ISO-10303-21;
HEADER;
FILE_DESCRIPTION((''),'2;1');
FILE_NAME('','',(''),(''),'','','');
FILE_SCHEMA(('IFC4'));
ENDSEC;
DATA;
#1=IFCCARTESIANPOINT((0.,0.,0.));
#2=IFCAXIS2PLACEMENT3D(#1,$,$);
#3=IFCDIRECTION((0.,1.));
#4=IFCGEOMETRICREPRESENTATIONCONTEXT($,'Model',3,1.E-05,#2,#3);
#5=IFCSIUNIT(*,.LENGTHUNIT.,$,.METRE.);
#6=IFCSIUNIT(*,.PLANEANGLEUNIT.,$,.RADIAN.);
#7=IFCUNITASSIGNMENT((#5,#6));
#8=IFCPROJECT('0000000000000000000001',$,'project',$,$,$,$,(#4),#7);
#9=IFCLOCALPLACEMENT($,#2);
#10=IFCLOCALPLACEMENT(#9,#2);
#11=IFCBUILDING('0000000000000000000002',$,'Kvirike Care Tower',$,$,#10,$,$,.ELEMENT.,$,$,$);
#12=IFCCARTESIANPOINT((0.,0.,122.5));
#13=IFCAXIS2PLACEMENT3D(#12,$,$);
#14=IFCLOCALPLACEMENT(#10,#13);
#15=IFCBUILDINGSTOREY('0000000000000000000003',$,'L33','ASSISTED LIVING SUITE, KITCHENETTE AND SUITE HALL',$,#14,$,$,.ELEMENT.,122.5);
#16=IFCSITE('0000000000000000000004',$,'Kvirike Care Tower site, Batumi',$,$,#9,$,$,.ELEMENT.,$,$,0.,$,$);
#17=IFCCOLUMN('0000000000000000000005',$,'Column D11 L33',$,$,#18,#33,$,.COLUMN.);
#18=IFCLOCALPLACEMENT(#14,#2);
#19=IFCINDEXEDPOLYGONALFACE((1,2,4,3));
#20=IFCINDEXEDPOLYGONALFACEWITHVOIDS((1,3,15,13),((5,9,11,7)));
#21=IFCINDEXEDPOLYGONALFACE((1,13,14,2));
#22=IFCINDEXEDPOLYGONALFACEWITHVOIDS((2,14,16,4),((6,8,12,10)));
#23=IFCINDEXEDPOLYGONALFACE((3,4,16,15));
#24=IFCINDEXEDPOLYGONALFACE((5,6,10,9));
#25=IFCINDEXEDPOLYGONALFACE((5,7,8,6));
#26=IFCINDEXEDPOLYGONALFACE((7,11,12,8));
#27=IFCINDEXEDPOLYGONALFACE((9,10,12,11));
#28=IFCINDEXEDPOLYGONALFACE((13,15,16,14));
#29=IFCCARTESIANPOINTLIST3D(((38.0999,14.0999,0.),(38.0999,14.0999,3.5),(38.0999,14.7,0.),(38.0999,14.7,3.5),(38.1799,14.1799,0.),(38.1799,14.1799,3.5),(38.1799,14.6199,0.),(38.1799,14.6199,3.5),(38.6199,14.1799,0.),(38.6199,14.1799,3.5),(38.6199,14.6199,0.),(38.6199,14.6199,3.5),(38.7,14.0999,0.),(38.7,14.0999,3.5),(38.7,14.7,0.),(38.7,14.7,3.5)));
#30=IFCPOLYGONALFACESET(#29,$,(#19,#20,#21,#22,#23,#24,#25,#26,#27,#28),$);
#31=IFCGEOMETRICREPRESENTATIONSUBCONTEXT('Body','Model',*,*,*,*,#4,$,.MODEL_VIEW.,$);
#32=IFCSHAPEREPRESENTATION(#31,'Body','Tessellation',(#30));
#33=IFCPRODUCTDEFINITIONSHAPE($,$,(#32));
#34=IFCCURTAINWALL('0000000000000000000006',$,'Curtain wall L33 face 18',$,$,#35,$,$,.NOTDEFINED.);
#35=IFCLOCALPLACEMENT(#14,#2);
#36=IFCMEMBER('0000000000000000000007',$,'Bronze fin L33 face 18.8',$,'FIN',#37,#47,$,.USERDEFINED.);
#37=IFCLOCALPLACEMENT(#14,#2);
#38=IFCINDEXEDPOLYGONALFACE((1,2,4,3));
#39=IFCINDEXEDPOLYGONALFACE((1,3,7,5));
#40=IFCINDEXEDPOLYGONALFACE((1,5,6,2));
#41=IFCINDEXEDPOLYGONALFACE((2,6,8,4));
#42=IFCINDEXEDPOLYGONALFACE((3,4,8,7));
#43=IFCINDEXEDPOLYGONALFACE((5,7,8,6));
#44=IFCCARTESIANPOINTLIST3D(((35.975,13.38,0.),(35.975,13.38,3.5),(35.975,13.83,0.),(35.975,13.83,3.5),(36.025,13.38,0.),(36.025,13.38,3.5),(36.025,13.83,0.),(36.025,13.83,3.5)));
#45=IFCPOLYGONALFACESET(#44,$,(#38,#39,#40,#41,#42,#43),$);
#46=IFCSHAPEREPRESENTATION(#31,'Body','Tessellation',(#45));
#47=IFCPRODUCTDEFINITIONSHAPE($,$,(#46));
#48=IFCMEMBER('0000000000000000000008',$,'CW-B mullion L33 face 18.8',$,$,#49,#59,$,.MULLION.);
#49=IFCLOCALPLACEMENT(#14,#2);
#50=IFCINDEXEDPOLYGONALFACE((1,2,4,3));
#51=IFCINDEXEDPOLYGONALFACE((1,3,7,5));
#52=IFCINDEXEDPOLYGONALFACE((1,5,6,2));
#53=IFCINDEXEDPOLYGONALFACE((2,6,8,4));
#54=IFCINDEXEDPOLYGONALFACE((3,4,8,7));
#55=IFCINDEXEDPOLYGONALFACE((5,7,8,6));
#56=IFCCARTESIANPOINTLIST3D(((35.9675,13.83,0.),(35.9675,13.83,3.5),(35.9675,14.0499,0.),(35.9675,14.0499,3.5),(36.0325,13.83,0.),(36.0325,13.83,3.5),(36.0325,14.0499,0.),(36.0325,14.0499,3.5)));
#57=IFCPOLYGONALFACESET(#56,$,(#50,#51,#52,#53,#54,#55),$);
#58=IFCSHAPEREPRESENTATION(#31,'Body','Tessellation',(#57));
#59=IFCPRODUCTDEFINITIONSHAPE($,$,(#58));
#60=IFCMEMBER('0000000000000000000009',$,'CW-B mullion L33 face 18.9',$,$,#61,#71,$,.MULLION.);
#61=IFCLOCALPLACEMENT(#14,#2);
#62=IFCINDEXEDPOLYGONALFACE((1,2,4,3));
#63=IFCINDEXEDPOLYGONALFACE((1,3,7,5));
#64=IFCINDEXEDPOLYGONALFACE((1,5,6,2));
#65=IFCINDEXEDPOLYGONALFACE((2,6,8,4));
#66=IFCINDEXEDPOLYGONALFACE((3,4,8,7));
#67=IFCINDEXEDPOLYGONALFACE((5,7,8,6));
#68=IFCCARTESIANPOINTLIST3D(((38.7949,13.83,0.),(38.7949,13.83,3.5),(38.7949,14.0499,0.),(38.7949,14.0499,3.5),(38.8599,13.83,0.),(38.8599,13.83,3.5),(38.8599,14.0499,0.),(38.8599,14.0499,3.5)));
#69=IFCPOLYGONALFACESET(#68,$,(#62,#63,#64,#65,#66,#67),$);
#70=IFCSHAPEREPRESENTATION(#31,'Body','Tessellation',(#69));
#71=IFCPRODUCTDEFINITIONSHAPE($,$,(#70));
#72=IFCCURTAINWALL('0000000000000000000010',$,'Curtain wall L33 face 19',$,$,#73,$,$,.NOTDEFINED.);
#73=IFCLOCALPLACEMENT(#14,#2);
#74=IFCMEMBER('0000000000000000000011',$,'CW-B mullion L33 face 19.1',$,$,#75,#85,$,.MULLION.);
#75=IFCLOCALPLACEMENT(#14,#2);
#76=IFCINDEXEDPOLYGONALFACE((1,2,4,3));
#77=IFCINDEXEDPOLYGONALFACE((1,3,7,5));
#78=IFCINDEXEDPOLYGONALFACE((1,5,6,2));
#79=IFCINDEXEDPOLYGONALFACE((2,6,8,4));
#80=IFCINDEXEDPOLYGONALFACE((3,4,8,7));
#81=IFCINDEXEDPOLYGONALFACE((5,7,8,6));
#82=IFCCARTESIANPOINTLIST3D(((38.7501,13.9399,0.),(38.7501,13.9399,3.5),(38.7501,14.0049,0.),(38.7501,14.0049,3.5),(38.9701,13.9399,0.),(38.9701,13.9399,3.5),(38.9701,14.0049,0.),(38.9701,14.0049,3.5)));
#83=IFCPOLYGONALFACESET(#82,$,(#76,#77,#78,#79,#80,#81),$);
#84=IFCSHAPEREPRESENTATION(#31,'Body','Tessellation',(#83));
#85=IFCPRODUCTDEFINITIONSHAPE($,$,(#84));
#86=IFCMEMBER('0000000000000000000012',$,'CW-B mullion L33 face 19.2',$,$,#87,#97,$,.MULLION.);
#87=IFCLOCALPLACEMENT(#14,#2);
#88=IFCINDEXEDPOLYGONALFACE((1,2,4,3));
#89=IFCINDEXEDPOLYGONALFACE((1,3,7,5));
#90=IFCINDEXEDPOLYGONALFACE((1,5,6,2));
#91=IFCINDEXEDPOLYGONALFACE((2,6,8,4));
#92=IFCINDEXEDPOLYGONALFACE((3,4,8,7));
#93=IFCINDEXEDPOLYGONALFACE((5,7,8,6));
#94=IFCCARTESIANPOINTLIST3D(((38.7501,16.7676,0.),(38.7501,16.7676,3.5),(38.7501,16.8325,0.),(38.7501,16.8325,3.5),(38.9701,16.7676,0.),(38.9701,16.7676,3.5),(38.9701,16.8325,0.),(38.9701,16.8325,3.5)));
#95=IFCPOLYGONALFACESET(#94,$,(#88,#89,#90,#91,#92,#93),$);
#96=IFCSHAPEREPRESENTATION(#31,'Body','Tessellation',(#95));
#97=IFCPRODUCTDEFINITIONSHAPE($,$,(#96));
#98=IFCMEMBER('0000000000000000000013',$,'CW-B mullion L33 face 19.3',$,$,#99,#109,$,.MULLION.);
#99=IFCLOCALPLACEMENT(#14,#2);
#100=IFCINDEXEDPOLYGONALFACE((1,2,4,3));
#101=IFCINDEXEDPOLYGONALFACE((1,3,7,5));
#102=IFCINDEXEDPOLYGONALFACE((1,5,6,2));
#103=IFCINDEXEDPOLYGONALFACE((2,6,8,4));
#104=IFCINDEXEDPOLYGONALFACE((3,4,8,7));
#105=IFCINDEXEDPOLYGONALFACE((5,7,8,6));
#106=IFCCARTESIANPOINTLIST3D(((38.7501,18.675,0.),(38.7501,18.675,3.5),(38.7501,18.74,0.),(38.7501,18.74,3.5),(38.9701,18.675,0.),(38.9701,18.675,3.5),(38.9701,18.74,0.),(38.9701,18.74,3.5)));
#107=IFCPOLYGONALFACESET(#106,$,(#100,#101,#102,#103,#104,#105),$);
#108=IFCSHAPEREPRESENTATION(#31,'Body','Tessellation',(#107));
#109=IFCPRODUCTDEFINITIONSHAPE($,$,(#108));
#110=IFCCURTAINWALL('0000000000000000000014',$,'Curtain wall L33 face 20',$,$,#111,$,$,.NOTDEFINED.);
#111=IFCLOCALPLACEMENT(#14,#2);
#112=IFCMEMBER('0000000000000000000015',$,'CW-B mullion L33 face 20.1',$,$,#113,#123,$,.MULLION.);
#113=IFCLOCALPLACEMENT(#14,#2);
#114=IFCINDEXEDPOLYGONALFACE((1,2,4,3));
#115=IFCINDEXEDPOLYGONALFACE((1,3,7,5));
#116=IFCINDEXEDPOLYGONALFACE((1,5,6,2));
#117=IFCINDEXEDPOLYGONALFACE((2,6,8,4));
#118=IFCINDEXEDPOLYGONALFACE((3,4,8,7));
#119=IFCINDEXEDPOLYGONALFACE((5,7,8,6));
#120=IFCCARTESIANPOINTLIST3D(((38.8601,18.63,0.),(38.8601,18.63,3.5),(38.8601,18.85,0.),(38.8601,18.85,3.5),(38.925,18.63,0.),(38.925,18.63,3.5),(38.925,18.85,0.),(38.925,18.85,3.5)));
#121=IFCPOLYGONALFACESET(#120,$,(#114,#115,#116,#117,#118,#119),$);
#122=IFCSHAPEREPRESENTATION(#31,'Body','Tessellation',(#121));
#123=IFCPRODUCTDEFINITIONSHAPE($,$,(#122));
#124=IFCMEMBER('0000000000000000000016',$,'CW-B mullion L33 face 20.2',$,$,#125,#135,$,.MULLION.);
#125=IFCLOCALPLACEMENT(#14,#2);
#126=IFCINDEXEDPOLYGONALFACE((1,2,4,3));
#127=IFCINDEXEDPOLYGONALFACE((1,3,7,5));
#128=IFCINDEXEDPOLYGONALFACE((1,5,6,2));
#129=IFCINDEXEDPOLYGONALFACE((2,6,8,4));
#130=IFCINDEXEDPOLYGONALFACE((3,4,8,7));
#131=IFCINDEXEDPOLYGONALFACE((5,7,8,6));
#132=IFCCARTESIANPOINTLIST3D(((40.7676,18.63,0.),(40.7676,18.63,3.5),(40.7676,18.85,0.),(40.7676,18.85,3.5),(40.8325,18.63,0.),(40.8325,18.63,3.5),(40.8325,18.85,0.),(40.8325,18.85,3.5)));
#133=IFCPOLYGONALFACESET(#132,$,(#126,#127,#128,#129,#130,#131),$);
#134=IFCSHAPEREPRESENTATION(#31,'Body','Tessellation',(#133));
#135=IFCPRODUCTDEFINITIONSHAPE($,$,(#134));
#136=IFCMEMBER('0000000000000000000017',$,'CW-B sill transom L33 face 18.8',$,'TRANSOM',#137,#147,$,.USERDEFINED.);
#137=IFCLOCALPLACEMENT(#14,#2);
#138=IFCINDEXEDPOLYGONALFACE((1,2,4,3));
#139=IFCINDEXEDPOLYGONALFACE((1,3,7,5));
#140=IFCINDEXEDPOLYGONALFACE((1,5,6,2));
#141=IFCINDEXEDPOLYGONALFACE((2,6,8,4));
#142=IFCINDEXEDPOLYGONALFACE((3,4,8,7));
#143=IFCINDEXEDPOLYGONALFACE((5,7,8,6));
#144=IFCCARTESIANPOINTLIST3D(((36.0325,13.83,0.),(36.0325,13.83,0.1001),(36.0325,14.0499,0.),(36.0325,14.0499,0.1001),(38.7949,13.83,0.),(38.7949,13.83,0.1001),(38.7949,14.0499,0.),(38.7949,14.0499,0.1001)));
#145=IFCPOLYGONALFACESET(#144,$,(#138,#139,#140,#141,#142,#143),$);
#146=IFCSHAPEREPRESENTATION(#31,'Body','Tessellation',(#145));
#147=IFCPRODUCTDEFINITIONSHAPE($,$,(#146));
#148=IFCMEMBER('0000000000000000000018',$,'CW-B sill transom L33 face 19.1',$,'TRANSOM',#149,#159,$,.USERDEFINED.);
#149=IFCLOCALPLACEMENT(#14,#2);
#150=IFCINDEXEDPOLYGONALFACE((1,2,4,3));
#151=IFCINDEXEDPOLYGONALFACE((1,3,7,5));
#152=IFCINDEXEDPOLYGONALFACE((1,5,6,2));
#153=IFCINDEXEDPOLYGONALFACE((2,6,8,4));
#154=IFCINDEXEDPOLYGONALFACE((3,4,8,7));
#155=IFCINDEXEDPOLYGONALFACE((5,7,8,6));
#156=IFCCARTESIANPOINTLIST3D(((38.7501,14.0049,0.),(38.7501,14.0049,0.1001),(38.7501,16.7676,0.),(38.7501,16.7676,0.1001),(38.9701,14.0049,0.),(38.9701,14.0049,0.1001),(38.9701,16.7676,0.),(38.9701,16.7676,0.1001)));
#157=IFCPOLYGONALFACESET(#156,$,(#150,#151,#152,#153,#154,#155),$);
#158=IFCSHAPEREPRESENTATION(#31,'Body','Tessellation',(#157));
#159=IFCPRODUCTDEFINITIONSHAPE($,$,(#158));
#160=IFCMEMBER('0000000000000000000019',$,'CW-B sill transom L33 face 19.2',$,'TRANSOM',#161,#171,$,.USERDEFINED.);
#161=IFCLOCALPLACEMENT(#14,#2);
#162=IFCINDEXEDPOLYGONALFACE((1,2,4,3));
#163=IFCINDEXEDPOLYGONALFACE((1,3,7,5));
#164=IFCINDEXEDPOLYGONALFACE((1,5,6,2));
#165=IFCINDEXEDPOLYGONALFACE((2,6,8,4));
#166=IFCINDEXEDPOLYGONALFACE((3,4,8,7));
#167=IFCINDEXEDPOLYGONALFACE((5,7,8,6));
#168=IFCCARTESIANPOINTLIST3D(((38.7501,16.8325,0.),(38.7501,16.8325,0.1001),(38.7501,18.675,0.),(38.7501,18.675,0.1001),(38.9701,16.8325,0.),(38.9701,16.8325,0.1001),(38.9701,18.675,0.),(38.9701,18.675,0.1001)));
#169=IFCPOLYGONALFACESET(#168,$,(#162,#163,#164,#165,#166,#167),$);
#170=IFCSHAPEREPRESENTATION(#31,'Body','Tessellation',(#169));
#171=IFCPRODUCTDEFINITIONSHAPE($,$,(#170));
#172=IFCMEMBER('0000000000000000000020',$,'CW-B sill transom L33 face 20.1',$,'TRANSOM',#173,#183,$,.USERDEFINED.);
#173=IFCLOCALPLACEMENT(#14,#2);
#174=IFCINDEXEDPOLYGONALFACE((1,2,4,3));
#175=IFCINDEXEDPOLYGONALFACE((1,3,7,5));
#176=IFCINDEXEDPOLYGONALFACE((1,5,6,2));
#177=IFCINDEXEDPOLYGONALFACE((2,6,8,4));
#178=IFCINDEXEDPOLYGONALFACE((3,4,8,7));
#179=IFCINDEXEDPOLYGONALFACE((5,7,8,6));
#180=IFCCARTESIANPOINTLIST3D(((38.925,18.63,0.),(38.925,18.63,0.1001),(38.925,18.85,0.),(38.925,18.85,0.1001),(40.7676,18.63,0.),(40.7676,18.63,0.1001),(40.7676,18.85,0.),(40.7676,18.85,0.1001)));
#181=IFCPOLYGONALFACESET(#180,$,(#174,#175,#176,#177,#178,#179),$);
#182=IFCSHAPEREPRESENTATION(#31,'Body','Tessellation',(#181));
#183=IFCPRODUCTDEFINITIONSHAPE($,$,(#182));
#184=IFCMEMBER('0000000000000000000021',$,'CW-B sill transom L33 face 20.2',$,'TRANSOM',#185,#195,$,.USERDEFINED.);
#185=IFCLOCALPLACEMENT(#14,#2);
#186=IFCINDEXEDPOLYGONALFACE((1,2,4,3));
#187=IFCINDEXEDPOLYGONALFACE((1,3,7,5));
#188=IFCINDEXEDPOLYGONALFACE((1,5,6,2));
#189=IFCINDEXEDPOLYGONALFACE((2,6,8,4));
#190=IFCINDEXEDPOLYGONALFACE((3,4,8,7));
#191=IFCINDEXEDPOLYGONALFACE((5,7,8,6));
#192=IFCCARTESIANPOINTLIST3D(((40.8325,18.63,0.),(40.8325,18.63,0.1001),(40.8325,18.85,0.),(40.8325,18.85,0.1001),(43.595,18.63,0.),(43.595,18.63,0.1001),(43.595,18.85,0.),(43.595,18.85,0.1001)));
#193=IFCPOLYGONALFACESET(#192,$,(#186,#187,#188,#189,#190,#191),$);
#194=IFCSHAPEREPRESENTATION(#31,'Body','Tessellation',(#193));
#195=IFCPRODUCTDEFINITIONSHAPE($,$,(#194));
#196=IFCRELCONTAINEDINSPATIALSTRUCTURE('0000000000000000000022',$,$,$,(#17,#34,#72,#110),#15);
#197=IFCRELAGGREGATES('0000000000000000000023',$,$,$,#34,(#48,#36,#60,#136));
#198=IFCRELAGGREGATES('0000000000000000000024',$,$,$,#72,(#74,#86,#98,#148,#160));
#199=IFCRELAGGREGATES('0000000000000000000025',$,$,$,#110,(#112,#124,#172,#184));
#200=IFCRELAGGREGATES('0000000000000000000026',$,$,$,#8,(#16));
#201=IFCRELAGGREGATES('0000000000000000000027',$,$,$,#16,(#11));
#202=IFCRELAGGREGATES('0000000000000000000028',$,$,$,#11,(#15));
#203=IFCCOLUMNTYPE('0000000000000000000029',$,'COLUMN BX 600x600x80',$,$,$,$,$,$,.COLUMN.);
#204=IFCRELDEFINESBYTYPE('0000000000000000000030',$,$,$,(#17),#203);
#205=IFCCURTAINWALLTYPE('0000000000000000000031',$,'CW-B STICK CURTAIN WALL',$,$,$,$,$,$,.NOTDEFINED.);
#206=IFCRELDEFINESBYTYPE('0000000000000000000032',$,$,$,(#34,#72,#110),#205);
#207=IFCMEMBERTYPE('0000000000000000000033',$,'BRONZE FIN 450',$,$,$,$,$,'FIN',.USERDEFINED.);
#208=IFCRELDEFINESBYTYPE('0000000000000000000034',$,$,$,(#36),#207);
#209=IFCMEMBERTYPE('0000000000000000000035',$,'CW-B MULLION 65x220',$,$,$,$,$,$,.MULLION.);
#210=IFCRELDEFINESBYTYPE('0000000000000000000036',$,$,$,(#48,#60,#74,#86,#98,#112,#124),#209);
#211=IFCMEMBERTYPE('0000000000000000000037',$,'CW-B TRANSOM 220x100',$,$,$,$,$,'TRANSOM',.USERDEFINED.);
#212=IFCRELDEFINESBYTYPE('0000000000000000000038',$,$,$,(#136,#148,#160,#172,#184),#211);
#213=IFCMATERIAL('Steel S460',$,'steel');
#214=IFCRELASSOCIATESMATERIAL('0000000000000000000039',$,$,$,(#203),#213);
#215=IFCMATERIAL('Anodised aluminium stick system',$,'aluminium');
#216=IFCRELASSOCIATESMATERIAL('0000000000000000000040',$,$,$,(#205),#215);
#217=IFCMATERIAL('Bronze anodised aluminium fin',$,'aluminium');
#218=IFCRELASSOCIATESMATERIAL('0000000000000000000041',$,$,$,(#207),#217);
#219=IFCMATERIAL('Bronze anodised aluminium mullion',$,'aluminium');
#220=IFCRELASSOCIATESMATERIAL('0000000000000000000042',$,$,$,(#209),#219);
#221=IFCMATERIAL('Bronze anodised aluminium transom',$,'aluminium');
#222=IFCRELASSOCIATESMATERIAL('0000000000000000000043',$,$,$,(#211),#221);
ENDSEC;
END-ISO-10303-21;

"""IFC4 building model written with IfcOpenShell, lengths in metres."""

from ifc_helpers import new_model, si_unit, direction, frame, origin, origin_2d, place, context, subcontext, project, spatial, rectangle, hollow_rectangle, extrude, material, material_profile, profile_set, type_object, element, aggregate, save


model = new_model("IFC4")

# Units and contexts
model_context = context("Model", 3, precision=1e-05, world=origin(), true_north=direction((0.0, 1.0)))
body_context = subcontext(model_context, "Body", "Model", "MODEL_VIEW")
ifc_project = project(units=[si_unit("LENGTHUNIT", "METRE"), si_unit("PLANEANGLEUNIT", "RADIAN")], contexts=[model_context])

# Site, building, storey
site_placement = place(None, origin())
site = spatial("IfcSite", under=ifc_project, at=site_placement, Name="Kvirike Care Tower site, Batumi", CompositionType="ELEMENT", RefElevation=0.0)
building_placement = place(site_placement, origin())
building = spatial("IfcBuilding", under=site, at=building_placement, Name="Kvirike Care Tower", CompositionType="ELEMENT")
storey_placement = place(building_placement, frame((0.0, 0.0, 122.5)))
storey = spatial("IfcBuildingStorey", under=building, at=storey_placement, Name="L33", Description="ASSISTED LIVING SUITE, KITCHENETTE AND SUITE HALL", CompositionType="ELEMENT", Elevation=122.5)

# Column
ifc_material_1 = material(Name="Steel S460", Category="steel")
ifc_material_profile_1 = material_profile(ifc_material_1, hollow_rectangle(XDim=0.6001, YDim=0.6001, WallThickness=0.0801, at=origin_2d()), Name="BX 600x600x80")
ifc_profile_set_1 = profile_set([ifc_material_profile_1], Name="Steel S460")
column_type = type_object("IfcColumnType", Name="COLUMN BX 600x600x80", PredefinedType="COLUMN", material=ifc_profile_set_1)
column_placement = place(storey_placement, frame((38.3999, 14.3999, 0.0), z_axis=(0.0, 0.0, 1.0), x_axis=(0.0, 1.0, 0.0)))
element("IfcColumn", 1, at=column_placement, inside=storey, type_object=column_type, Name="Column D11 L33", PredefinedType="COLUMN", context=body_context, shape_type="SweptSolid", body=[
    extrude(hollow_rectangle(XDim=0.6001, YDim=0.6001, WallThickness=0.0801, at=origin_2d()), origin(), (0.0, 0.0, 1.0), 3.5),
])

# Curtain walls, members
ifc_material_2 = material(Name="Anodised aluminium stick system", Category="aluminium")
curtain_wall_type = type_object("IfcCurtainWallType", Name="CW-B STICK CURTAIN WALL", PredefinedType="NOTDEFINED", material=ifc_material_2)
curtain_wall_1_placement = place(storey_placement, origin())
curtain_wall_1 = element("IfcCurtainWall", 2, at=curtain_wall_1_placement, inside=storey, type_object=curtain_wall_type, Name="Curtain wall L33 face 18", PredefinedType="NOTDEFINED")
ifc_material_3 = material(Name="Bronze anodised aluminium fin", Category="aluminium")
ifc_material_profile_2 = material_profile(ifc_material_3, rectangle(XDim=0.05, YDim=0.45, at=origin_2d()), Name="BRONZE FIN 450")
ifc_profile_set_2 = profile_set([ifc_material_profile_2], Name="Bronze anodised aluminium fin")
member_type_1 = type_object("IfcMemberType", Name="BRONZE FIN 450", ElementType="FIN", PredefinedType="USERDEFINED", material=ifc_profile_set_2)
member_1_placement = place(storey_placement, frame((36.0, 13.605, 0.0), z_axis=(0.0, 0.0, 1.0), x_axis=(1.0, 0.0, 0.0)))
member_1 = element("IfcMember", 3, at=member_1_placement, type_object=member_type_1, Name="Bronze fin L33 face 18.8", ObjectType="FIN", PredefinedType="USERDEFINED", context=body_context, shape_type="SweptSolid", body=[
    extrude(rectangle(XDim=0.05, YDim=0.45, at=origin_2d()), origin(), (0.0, 0.0, 1.0), 3.5),
])
ifc_material_4 = material(Name="Bronze anodised aluminium mullion", Category="aluminium")
ifc_material_profile_3 = material_profile(ifc_material_4, rectangle(XDim=0.0649, YDim=0.22, at=origin_2d()), Name="CW-B MULLION 65x220")
ifc_profile_set_3 = profile_set([ifc_material_profile_3], Name="Bronze anodised aluminium mullion")
member_type_2 = type_object("IfcMemberType", Name="CW-B MULLION 65x220", PredefinedType="MULLION", material=ifc_profile_set_3)
member_2_placement = place(storey_placement, frame((36.0, 13.9399, 0.0), z_axis=(0.0, 0.0, 1.0), x_axis=(1.0, 0.0, 0.0)))
member_2 = element("IfcMember", 4, at=member_2_placement, type_object=member_type_2, Name="CW-B mullion L33 face 18.8", PredefinedType="MULLION", context=body_context, shape_type="SweptSolid", body=[
    extrude(rectangle(XDim=0.0649, YDim=0.22, at=origin_2d()), origin(), (0.0, 0.0, 1.0), 3.5),
])
member_3_placement = place(storey_placement, frame((38.8274, 13.9399, 0.0), z_axis=(0.0, 0.0, 1.0), x_axis=(1.0, 0.0, 0.0)))
member_3 = element("IfcMember", 5, at=member_3_placement, type_object=member_type_2, Name="CW-B mullion L33 face 18.9", PredefinedType="MULLION", context=body_context, shape_type="SweptSolid", body=[
    extrude(rectangle(XDim=0.0649, YDim=0.22, at=origin_2d()), origin(), (0.0, 0.0, 1.0), 3.5),
])
curtain_wall_2_placement = place(storey_placement, origin())
curtain_wall_2 = element("IfcCurtainWall", 6, at=curtain_wall_2_placement, inside=storey, type_object=curtain_wall_type, Name="Curtain wall L33 face 19", PredefinedType="NOTDEFINED")
member_4_placement = place(storey_placement, frame((38.8601, 13.9724, 0.0), z_axis=(0.0, 0.0, 1.0), x_axis=(0.0, 1.0, 0.0)))
member_4 = element("IfcMember", 7, at=member_4_placement, type_object=member_type_2, Name="CW-B mullion L33 face 19.1", PredefinedType="MULLION", context=body_context, shape_type="SweptSolid", body=[
    extrude(rectangle(XDim=0.0649, YDim=0.22, at=origin_2d()), origin(), (0.0, 0.0, 1.0), 3.5),
])
member_5_placement = place(storey_placement, frame((38.8601, 16.8, 0.0), z_axis=(0.0, 0.0, 1.0), x_axis=(0.0, 1.0, 0.0)))
member_5 = element("IfcMember", 8, at=member_5_placement, type_object=member_type_2, Name="CW-B mullion L33 face 19.2", PredefinedType="MULLION", context=body_context, shape_type="SweptSolid", body=[
    extrude(rectangle(XDim=0.0649, YDim=0.22, at=origin_2d()), origin(), (0.0, 0.0, 1.0), 3.5),
])
member_6_placement = place(storey_placement, frame((38.8601, 18.7075, 0.0), z_axis=(0.0, 0.0, 1.0), x_axis=(0.0, 1.0, 0.0)))
member_6 = element("IfcMember", 9, at=member_6_placement, type_object=member_type_2, Name="CW-B mullion L33 face 19.3", PredefinedType="MULLION", context=body_context, shape_type="SweptSolid", body=[
    extrude(rectangle(XDim=0.0649, YDim=0.22, at=origin_2d()), origin(), (0.0, 0.0, 1.0), 3.5),
])
curtain_wall_3_placement = place(storey_placement, origin())
curtain_wall_3 = element("IfcCurtainWall", 10, at=curtain_wall_3_placement, inside=storey, type_object=curtain_wall_type, Name="Curtain wall L33 face 20", PredefinedType="NOTDEFINED")
member_7_placement = place(storey_placement, frame((38.8926, 18.74, 0.0), z_axis=(0.0, 0.0, 1.0), x_axis=(1.0, 0.0, 0.0)))
member_7 = element("IfcMember", 11, at=member_7_placement, type_object=member_type_2, Name="CW-B mullion L33 face 20.1", PredefinedType="MULLION", context=body_context, shape_type="SweptSolid", body=[
    extrude(rectangle(XDim=0.0649, YDim=0.22, at=origin_2d()), origin(), (0.0, 0.0, 1.0), 3.5),
])
member_8_placement = place(storey_placement, frame((40.8, 18.74, 0.0), z_axis=(0.0, 0.0, 1.0), x_axis=(1.0, 0.0, 0.0)))
member_8 = element("IfcMember", 12, at=member_8_placement, type_object=member_type_2, Name="CW-B mullion L33 face 20.2", PredefinedType="MULLION", context=body_context, shape_type="SweptSolid", body=[
    extrude(rectangle(XDim=0.0649, YDim=0.22, at=origin_2d()), origin(), (0.0, 0.0, 1.0), 3.5),
])

# Members
ifc_material_5 = material(Name="Bronze anodised aluminium transom", Category="aluminium")
ifc_material_profile_4 = material_profile(ifc_material_5, rectangle(XDim=0.22, YDim=0.1001, at=origin_2d()), Name="CW-B TRANSOM 220x100")
ifc_profile_set_4 = profile_set([ifc_material_profile_4], Name="Bronze anodised aluminium transom")
member_type_3 = type_object("IfcMemberType", Name="CW-B TRANSOM 220x100", ElementType="TRANSOM", PredefinedType="USERDEFINED", material=ifc_profile_set_4)
member_9_placement = place(storey_placement, frame((36.0325, 13.9399, 0.05), z_axis=(1.0, 0.0, 0.0), x_axis=(0.0, 1.0, 0.0)))
member_9 = element("IfcMember", 13, at=member_9_placement, type_object=member_type_3, Name="CW-B sill transom L33 face 18.8", ObjectType="TRANSOM", PredefinedType="USERDEFINED", context=body_context, shape_type="SweptSolid", body=[
    extrude(rectangle(XDim=0.22, YDim=0.1001, at=origin_2d()), origin(), (0.0, 0.0, 1.0), 2.7625),
])
member_10_placement = place(storey_placement, frame((38.8601, 14.0049, 0.05), z_axis=(0.0, 1.0, 0.0), x_axis=(-1.0, 0.0, 0.0)))
member_10 = element("IfcMember", 14, at=member_10_placement, type_object=member_type_3, Name="CW-B sill transom L33 face 19.1", ObjectType="TRANSOM", PredefinedType="USERDEFINED", context=body_context, shape_type="SweptSolid", body=[
    extrude(rectangle(XDim=0.22, YDim=0.1001, at=origin_2d()), origin(), (0.0, 0.0, 1.0), 2.7627),
])
member_11_placement = place(storey_placement, frame((38.8601, 16.8325, 0.05), z_axis=(0.0, 1.0, 0.0), x_axis=(-1.0, 0.0, 0.0)))
member_11 = element("IfcMember", 15, at=member_11_placement, type_object=member_type_3, Name="CW-B sill transom L33 face 19.2", ObjectType="TRANSOM", PredefinedType="USERDEFINED", context=body_context, shape_type="SweptSolid", body=[
    extrude(rectangle(XDim=0.22, YDim=0.1001, at=origin_2d()), origin(), (0.0, 0.0, 1.0), 1.8425),
])
member_12_placement = place(storey_placement, frame((38.925, 18.74, 0.05), z_axis=(1.0, 0.0, 0.0), x_axis=(0.0, 1.0, 0.0)))
member_12 = element("IfcMember", 16, at=member_12_placement, type_object=member_type_3, Name="CW-B sill transom L33 face 20.1", ObjectType="TRANSOM", PredefinedType="USERDEFINED", context=body_context, shape_type="SweptSolid", body=[
    extrude(rectangle(XDim=0.22, YDim=0.1001, at=origin_2d()), origin(), (0.0, 0.0, 1.0), 1.8425),
])
member_13_placement = place(storey_placement, frame((40.8325, 18.74, 0.05), z_axis=(1.0, 0.0, 0.0), x_axis=(0.0, 1.0, 0.0)))
member_13 = element("IfcMember", 17, at=member_13_placement, type_object=member_type_3, Name="CW-B sill transom L33 face 20.2", ObjectType="TRANSOM", PredefinedType="USERDEFINED", context=body_context, shape_type="SweptSolid", body=[
    extrude(rectangle(XDim=0.22, YDim=0.1001, at=origin_2d()), origin(), (0.0, 0.0, 1.0), 2.7625),
])

aggregate(curtain_wall_1, [member_2, member_1, member_3, member_9])
aggregate(curtain_wall_2, [member_4, member_5, member_6, member_10, member_11])
aggregate(curtain_wall_3, [member_7, member_8, member_12, member_13])

save(model, "model.ifc")
